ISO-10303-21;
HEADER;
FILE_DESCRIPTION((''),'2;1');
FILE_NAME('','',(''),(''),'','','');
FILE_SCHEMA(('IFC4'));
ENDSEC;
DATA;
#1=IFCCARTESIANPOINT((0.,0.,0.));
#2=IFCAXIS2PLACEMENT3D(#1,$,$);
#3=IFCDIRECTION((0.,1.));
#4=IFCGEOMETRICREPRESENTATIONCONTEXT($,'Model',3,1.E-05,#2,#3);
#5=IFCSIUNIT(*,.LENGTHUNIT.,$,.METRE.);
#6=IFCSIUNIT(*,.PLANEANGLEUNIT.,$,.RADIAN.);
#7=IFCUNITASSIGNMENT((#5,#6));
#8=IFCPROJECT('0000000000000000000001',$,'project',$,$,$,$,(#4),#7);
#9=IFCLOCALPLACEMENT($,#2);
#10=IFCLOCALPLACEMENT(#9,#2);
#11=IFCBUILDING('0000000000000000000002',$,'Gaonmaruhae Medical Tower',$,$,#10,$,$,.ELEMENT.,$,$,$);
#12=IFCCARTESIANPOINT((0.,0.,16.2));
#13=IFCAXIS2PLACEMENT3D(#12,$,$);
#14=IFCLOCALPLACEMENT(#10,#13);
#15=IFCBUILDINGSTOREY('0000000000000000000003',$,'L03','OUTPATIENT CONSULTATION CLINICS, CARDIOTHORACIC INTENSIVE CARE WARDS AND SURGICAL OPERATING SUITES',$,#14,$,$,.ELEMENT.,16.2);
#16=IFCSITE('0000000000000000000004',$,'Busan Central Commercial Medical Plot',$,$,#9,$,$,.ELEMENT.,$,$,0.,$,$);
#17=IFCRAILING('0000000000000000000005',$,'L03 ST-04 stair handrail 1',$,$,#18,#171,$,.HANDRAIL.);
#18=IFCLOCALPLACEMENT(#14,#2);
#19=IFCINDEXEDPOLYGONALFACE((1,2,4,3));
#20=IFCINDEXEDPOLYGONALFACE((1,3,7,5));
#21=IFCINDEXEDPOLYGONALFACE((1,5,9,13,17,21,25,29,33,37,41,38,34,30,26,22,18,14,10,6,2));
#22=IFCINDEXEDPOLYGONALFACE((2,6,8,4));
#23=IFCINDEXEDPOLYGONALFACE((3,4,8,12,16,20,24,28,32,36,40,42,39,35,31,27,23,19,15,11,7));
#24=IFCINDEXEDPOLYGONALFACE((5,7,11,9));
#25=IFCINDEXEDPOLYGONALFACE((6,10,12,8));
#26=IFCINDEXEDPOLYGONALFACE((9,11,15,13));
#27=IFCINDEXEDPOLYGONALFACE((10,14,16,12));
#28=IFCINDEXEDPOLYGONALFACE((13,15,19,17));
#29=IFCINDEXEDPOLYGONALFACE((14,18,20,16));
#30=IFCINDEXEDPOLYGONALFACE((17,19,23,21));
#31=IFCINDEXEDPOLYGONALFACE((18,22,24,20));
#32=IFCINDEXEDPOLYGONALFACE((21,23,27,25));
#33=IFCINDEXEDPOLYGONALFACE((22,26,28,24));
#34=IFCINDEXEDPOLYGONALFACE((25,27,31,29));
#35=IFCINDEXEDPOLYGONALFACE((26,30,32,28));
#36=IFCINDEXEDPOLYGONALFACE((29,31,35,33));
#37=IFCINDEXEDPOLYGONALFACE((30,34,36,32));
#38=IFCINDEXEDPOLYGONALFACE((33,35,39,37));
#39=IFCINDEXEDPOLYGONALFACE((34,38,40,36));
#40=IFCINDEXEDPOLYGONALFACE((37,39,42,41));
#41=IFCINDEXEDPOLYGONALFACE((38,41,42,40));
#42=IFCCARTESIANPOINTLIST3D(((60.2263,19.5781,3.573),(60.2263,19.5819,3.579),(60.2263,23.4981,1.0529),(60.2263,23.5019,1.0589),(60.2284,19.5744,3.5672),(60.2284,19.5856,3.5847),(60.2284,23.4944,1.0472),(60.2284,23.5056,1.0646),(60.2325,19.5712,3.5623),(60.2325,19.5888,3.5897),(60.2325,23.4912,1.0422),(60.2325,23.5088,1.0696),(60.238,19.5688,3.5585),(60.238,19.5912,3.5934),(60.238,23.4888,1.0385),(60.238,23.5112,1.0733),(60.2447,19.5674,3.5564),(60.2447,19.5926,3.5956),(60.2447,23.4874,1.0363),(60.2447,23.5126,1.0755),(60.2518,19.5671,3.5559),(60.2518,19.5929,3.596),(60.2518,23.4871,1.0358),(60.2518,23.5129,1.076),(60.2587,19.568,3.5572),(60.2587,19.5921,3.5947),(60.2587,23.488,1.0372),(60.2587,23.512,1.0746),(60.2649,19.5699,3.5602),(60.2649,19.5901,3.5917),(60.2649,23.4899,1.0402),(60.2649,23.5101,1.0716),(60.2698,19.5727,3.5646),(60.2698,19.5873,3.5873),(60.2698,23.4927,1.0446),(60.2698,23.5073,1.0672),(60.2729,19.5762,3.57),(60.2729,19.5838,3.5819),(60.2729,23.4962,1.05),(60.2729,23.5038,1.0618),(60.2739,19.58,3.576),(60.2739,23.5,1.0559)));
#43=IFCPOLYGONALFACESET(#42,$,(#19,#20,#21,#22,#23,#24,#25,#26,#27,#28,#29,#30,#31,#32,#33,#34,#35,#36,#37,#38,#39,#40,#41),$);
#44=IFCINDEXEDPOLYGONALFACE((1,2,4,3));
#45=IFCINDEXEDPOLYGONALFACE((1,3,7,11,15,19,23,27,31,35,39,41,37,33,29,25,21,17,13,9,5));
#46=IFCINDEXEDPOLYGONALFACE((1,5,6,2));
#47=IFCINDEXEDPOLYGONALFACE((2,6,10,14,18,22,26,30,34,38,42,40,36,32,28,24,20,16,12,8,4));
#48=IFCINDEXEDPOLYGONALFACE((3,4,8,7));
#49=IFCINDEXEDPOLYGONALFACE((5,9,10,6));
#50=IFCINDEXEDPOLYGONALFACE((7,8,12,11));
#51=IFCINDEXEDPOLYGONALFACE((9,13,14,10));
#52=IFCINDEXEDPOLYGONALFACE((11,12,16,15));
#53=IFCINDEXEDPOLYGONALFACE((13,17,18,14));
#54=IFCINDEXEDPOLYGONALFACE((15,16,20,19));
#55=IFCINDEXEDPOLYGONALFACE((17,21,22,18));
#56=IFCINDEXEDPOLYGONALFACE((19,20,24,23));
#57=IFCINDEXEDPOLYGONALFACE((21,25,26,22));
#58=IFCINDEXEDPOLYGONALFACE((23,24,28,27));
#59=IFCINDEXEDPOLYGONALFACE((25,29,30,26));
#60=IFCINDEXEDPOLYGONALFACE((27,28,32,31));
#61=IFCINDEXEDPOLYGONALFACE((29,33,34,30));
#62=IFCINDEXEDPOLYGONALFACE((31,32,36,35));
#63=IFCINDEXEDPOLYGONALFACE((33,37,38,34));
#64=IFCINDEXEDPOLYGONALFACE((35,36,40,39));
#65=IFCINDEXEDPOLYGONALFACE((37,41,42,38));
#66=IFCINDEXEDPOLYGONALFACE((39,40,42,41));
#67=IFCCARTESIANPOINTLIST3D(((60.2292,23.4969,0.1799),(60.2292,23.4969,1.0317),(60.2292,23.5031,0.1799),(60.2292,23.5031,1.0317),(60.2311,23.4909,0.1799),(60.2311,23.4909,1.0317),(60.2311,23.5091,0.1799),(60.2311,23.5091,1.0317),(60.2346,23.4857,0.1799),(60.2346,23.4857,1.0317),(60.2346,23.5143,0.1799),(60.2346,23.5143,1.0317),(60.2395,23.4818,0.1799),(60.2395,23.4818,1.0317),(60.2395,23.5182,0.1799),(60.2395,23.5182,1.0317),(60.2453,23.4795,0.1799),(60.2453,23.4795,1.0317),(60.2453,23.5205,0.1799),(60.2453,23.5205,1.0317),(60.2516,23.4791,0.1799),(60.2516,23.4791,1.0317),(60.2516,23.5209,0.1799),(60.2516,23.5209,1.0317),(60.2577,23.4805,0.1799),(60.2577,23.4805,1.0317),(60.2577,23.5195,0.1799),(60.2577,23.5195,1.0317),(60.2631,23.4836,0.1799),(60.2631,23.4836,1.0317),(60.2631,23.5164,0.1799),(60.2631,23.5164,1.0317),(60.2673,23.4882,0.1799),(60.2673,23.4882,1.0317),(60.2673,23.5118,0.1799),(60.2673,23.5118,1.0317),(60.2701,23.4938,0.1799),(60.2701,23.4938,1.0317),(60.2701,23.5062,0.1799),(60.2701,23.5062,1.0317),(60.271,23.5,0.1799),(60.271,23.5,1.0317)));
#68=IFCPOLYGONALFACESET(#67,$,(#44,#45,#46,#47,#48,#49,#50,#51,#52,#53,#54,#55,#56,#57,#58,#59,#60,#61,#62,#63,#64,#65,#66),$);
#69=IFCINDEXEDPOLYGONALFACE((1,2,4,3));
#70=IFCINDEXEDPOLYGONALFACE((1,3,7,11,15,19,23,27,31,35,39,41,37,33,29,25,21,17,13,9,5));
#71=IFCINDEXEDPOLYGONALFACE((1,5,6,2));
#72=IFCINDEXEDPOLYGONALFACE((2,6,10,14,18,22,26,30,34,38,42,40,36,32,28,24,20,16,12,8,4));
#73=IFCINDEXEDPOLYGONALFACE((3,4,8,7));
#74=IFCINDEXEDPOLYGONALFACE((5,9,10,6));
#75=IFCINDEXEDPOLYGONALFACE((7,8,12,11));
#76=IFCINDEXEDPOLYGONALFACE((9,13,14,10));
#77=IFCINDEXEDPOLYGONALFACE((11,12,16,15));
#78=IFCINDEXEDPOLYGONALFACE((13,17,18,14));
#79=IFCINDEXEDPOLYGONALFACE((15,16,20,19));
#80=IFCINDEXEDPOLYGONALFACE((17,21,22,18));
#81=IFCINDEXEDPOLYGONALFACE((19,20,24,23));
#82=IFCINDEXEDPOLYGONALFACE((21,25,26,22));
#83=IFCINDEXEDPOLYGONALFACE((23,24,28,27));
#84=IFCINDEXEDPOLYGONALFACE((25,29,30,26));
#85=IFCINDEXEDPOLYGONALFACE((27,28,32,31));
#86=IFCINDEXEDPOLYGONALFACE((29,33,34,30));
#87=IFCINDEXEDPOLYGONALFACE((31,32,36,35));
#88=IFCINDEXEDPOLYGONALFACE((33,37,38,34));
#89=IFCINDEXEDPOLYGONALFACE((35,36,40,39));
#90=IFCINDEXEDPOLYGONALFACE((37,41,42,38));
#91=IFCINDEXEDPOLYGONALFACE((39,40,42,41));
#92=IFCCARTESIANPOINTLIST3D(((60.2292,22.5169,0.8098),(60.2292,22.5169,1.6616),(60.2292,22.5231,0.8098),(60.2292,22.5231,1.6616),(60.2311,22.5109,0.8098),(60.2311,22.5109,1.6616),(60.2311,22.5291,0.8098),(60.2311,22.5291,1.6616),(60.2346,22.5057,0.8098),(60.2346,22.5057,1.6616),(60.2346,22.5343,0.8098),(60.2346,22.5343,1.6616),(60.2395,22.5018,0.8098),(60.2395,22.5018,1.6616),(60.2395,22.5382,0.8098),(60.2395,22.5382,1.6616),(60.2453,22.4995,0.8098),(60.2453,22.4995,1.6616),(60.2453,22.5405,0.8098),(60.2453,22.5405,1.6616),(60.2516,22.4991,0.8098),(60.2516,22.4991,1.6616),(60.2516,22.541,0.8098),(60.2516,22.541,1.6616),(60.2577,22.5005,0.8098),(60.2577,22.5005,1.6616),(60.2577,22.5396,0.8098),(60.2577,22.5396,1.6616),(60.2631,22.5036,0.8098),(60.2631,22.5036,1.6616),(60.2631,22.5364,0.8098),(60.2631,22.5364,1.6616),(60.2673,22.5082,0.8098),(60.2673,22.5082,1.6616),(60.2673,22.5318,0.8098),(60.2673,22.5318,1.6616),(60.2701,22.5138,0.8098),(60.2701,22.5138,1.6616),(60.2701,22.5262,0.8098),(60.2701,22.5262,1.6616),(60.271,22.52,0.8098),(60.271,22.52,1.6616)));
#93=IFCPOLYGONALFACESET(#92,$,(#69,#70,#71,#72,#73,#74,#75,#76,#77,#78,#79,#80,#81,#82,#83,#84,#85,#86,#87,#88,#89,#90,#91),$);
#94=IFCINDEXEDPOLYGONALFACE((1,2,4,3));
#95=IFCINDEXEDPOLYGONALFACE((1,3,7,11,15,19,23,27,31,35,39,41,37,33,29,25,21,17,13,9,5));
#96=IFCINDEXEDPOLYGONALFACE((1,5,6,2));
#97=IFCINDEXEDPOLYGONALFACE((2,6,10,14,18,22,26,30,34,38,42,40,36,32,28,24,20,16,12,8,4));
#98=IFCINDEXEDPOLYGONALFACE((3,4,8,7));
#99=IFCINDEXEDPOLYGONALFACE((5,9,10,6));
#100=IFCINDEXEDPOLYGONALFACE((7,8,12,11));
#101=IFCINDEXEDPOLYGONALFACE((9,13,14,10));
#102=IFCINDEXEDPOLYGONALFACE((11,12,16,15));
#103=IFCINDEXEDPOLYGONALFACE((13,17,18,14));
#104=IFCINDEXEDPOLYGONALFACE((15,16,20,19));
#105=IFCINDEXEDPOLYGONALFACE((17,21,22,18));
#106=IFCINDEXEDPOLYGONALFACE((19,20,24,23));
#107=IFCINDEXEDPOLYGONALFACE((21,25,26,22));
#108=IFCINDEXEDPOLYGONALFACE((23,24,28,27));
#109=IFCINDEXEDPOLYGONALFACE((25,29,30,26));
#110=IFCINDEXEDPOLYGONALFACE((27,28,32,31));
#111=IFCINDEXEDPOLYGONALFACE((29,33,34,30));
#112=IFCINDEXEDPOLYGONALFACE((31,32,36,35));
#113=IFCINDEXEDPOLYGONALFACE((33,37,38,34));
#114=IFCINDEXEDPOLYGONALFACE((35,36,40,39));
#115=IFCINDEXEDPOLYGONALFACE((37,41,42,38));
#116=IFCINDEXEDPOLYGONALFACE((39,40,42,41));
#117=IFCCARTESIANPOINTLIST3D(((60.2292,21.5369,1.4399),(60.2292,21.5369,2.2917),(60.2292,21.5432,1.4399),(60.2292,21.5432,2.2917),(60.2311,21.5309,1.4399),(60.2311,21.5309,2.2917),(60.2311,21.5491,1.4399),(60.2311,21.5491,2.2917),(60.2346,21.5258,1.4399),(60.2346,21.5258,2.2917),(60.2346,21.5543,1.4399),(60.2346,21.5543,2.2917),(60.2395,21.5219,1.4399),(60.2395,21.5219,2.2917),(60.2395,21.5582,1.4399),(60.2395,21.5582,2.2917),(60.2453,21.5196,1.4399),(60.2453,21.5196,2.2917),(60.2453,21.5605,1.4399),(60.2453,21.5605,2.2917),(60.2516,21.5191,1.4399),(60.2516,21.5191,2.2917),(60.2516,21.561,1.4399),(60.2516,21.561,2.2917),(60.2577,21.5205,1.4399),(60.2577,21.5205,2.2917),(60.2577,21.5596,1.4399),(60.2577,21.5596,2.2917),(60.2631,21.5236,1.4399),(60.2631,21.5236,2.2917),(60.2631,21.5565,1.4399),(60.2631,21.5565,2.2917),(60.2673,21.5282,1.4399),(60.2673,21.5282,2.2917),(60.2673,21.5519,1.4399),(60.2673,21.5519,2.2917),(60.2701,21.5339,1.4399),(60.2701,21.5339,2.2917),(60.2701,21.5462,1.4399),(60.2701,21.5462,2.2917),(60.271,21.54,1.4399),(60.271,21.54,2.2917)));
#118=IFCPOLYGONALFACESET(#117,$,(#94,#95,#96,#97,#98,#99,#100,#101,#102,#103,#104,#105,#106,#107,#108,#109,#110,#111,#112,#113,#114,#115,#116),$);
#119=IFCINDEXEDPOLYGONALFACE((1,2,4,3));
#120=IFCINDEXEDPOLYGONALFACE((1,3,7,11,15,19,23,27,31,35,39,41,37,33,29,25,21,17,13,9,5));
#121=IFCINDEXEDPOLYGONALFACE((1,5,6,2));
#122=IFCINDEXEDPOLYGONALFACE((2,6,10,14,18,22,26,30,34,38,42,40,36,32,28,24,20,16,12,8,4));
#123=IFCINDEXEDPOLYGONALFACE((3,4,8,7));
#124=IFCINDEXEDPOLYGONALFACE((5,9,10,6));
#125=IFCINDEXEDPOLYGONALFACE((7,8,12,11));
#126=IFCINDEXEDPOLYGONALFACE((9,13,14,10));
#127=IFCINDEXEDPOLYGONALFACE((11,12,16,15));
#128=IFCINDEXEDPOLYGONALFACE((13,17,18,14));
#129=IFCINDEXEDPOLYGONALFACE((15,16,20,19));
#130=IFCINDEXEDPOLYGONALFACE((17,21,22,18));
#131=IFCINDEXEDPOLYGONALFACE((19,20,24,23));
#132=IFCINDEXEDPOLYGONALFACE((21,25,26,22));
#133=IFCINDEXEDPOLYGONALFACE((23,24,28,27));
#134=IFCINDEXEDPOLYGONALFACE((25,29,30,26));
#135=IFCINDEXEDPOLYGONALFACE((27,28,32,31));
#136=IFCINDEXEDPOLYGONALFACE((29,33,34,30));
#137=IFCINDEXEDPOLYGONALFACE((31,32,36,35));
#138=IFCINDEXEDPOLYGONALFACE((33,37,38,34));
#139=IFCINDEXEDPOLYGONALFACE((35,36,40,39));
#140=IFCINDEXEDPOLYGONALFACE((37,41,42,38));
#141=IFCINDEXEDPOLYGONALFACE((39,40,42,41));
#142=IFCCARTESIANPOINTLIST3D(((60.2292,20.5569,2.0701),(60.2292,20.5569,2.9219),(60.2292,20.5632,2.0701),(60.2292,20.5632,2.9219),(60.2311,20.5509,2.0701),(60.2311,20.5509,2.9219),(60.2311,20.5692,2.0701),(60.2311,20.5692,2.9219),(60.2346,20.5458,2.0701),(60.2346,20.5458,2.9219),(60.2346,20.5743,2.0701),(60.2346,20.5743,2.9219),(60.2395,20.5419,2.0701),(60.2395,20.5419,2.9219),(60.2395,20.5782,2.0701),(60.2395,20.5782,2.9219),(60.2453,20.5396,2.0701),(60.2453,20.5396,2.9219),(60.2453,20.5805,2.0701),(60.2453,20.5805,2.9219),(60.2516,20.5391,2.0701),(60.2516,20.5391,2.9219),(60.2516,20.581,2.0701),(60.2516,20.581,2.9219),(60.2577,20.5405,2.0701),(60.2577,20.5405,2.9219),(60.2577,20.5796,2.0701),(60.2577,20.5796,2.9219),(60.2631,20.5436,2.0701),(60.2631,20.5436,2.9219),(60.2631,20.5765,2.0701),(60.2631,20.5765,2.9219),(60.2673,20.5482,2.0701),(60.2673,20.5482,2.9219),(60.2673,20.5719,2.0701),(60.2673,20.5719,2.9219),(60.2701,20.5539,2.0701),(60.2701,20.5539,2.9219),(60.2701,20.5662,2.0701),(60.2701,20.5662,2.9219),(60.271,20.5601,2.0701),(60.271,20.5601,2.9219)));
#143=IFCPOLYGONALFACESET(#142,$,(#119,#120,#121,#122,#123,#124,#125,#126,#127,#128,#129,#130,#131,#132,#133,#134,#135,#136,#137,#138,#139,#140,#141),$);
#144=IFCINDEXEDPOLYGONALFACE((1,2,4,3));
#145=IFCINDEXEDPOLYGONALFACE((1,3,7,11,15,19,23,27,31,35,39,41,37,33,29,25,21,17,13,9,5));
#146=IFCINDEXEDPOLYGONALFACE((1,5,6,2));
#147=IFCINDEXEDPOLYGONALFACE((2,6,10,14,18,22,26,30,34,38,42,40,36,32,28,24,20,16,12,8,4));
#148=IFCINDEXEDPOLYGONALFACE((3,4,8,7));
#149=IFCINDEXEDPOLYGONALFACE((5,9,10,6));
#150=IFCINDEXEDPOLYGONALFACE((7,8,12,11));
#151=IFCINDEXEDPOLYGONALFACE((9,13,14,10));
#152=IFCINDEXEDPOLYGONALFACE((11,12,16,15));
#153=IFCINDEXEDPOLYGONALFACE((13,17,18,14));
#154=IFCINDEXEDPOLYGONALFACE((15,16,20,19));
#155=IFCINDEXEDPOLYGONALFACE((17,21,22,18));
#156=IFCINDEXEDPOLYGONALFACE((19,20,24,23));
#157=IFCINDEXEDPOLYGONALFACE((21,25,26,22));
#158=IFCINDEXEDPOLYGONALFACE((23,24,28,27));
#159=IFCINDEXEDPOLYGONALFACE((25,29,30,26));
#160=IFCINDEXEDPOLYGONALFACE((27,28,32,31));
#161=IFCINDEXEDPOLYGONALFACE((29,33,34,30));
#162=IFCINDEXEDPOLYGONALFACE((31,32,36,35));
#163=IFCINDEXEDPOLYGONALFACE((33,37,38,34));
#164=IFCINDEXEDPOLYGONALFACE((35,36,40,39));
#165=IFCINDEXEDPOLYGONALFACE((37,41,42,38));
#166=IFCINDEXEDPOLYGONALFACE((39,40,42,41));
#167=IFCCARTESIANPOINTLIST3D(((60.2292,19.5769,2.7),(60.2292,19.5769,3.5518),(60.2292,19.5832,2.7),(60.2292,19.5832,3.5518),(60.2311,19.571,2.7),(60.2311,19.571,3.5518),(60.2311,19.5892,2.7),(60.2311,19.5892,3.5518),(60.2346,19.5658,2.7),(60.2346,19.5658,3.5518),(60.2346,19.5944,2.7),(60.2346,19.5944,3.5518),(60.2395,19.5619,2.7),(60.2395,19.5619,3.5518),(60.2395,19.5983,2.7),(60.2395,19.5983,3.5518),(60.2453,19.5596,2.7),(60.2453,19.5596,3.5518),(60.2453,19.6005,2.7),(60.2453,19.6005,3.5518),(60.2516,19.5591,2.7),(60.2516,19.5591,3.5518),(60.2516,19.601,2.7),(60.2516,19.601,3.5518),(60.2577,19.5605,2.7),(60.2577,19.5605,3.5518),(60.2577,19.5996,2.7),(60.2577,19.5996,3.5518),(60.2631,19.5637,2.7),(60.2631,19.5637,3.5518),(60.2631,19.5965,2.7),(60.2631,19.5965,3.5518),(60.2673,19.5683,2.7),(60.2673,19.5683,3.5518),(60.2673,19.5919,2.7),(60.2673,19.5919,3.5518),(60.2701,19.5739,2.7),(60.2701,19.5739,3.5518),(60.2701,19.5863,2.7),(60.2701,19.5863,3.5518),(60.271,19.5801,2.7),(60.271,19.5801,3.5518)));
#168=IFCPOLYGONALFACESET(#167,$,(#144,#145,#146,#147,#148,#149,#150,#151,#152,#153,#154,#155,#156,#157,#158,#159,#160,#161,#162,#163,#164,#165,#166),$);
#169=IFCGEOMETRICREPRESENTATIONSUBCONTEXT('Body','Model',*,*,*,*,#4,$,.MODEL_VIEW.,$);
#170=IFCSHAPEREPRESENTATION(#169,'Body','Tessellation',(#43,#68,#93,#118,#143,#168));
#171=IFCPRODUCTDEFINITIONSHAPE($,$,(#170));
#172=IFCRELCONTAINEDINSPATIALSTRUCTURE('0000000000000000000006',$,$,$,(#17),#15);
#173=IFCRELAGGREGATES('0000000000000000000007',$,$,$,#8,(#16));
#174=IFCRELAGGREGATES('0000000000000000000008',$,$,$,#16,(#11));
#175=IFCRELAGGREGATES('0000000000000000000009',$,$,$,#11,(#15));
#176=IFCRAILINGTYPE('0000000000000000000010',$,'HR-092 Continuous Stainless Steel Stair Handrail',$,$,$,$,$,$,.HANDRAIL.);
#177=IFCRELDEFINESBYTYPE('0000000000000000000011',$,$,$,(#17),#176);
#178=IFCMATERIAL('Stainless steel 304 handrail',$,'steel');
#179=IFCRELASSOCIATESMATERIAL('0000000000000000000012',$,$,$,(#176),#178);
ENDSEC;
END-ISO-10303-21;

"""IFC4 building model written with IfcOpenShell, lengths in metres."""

from ifc_helpers import new_model, si_unit, direction, frame, origin, origin_2d, place, context, subcontext, project, spatial, circle, extrude, material, type_object, element, save


model = new_model("IFC4")

# Units and contexts
model_context = context("Model", 3, precision=1e-05, world=origin(), true_north=direction((0.0, 1.0)))
body_context = subcontext(model_context, "Body", "Model", "MODEL_VIEW")
ifc_project = project(units=[si_unit("LENGTHUNIT", "METRE"), si_unit("PLANEANGLEUNIT", "RADIAN")], contexts=[model_context])

# Site, building, storey
site_placement = place(None, origin())
site = spatial("IfcSite", under=ifc_project, at=site_placement, Name="Busan Central Commercial Medical Plot", CompositionType="ELEMENT", RefElevation=0.0)
building_placement = place(site_placement, origin())
building = spatial("IfcBuilding", under=site, at=building_placement, Name="Gaonmaruhae Medical Tower", CompositionType="ELEMENT")
storey_placement = place(building_placement, frame((0.0, 0.0, 16.2)))
storey = spatial("IfcBuildingStorey", under=building, at=storey_placement, Name="L03", Description="OUTPATIENT CONSULTATION CLINICS, CARDIOTHORACIC INTENSIVE CARE WARDS AND SURGICAL OPERATING SUITES", CompositionType="ELEMENT", Elevation=16.2)

# Railing
ifc_material_1 = material(Name="Stainless steel 304 handrail", Category="steel")
railing_type_1 = type_object("IfcRailingType", Name="HR-092 Continuous Stainless Steel Stair Handrail", PredefinedType="HANDRAIL", material=ifc_material_1)
railing_1_placement = place(storey_placement, frame((60.25, 23.5, 0.1799)))
element("IfcRailing", 1, at=railing_1_placement, inside=storey, type_object=railing_type_1, Name="L03 ST-04 stair handrail 1", PredefinedType="HANDRAIL", context=body_context, shape_type="SweptSolid", body=[
    extrude(circle(Radius=0.0239, at=origin_2d()), frame((0.0, 0.0, 0.876), z_axis=(0.0, -0.841172, 0.540768), x_axis=(1.0, 0.0, 0.0)), (0.0, 0.0, 1.0), 4.6602),
    extrude(circle(Radius=0.021, at=origin_2d()), origin(), (0.0, 0.0, 1.0), 0.8518),
    extrude(circle(Radius=0.021, at=origin_2d()), frame((0.0, -0.98, 0.6299)), (0.0, 0.0, 1.0), 0.8518),
    extrude(circle(Radius=0.021, at=origin_2d()), frame((0.0, -1.96, 1.26)), (0.0, 0.0, 1.0), 0.8518),
    extrude(circle(Radius=0.021, at=origin_2d()), frame((0.0, -2.9399, 1.8901)), (0.0, 0.0, 1.0), 0.8518),
    extrude(circle(Radius=0.021, at=origin_2d()), frame((0.0, -3.9199, 2.52)), (0.0, 0.0, 1.0), 0.8518),
])

save(model, "model.ifc")
